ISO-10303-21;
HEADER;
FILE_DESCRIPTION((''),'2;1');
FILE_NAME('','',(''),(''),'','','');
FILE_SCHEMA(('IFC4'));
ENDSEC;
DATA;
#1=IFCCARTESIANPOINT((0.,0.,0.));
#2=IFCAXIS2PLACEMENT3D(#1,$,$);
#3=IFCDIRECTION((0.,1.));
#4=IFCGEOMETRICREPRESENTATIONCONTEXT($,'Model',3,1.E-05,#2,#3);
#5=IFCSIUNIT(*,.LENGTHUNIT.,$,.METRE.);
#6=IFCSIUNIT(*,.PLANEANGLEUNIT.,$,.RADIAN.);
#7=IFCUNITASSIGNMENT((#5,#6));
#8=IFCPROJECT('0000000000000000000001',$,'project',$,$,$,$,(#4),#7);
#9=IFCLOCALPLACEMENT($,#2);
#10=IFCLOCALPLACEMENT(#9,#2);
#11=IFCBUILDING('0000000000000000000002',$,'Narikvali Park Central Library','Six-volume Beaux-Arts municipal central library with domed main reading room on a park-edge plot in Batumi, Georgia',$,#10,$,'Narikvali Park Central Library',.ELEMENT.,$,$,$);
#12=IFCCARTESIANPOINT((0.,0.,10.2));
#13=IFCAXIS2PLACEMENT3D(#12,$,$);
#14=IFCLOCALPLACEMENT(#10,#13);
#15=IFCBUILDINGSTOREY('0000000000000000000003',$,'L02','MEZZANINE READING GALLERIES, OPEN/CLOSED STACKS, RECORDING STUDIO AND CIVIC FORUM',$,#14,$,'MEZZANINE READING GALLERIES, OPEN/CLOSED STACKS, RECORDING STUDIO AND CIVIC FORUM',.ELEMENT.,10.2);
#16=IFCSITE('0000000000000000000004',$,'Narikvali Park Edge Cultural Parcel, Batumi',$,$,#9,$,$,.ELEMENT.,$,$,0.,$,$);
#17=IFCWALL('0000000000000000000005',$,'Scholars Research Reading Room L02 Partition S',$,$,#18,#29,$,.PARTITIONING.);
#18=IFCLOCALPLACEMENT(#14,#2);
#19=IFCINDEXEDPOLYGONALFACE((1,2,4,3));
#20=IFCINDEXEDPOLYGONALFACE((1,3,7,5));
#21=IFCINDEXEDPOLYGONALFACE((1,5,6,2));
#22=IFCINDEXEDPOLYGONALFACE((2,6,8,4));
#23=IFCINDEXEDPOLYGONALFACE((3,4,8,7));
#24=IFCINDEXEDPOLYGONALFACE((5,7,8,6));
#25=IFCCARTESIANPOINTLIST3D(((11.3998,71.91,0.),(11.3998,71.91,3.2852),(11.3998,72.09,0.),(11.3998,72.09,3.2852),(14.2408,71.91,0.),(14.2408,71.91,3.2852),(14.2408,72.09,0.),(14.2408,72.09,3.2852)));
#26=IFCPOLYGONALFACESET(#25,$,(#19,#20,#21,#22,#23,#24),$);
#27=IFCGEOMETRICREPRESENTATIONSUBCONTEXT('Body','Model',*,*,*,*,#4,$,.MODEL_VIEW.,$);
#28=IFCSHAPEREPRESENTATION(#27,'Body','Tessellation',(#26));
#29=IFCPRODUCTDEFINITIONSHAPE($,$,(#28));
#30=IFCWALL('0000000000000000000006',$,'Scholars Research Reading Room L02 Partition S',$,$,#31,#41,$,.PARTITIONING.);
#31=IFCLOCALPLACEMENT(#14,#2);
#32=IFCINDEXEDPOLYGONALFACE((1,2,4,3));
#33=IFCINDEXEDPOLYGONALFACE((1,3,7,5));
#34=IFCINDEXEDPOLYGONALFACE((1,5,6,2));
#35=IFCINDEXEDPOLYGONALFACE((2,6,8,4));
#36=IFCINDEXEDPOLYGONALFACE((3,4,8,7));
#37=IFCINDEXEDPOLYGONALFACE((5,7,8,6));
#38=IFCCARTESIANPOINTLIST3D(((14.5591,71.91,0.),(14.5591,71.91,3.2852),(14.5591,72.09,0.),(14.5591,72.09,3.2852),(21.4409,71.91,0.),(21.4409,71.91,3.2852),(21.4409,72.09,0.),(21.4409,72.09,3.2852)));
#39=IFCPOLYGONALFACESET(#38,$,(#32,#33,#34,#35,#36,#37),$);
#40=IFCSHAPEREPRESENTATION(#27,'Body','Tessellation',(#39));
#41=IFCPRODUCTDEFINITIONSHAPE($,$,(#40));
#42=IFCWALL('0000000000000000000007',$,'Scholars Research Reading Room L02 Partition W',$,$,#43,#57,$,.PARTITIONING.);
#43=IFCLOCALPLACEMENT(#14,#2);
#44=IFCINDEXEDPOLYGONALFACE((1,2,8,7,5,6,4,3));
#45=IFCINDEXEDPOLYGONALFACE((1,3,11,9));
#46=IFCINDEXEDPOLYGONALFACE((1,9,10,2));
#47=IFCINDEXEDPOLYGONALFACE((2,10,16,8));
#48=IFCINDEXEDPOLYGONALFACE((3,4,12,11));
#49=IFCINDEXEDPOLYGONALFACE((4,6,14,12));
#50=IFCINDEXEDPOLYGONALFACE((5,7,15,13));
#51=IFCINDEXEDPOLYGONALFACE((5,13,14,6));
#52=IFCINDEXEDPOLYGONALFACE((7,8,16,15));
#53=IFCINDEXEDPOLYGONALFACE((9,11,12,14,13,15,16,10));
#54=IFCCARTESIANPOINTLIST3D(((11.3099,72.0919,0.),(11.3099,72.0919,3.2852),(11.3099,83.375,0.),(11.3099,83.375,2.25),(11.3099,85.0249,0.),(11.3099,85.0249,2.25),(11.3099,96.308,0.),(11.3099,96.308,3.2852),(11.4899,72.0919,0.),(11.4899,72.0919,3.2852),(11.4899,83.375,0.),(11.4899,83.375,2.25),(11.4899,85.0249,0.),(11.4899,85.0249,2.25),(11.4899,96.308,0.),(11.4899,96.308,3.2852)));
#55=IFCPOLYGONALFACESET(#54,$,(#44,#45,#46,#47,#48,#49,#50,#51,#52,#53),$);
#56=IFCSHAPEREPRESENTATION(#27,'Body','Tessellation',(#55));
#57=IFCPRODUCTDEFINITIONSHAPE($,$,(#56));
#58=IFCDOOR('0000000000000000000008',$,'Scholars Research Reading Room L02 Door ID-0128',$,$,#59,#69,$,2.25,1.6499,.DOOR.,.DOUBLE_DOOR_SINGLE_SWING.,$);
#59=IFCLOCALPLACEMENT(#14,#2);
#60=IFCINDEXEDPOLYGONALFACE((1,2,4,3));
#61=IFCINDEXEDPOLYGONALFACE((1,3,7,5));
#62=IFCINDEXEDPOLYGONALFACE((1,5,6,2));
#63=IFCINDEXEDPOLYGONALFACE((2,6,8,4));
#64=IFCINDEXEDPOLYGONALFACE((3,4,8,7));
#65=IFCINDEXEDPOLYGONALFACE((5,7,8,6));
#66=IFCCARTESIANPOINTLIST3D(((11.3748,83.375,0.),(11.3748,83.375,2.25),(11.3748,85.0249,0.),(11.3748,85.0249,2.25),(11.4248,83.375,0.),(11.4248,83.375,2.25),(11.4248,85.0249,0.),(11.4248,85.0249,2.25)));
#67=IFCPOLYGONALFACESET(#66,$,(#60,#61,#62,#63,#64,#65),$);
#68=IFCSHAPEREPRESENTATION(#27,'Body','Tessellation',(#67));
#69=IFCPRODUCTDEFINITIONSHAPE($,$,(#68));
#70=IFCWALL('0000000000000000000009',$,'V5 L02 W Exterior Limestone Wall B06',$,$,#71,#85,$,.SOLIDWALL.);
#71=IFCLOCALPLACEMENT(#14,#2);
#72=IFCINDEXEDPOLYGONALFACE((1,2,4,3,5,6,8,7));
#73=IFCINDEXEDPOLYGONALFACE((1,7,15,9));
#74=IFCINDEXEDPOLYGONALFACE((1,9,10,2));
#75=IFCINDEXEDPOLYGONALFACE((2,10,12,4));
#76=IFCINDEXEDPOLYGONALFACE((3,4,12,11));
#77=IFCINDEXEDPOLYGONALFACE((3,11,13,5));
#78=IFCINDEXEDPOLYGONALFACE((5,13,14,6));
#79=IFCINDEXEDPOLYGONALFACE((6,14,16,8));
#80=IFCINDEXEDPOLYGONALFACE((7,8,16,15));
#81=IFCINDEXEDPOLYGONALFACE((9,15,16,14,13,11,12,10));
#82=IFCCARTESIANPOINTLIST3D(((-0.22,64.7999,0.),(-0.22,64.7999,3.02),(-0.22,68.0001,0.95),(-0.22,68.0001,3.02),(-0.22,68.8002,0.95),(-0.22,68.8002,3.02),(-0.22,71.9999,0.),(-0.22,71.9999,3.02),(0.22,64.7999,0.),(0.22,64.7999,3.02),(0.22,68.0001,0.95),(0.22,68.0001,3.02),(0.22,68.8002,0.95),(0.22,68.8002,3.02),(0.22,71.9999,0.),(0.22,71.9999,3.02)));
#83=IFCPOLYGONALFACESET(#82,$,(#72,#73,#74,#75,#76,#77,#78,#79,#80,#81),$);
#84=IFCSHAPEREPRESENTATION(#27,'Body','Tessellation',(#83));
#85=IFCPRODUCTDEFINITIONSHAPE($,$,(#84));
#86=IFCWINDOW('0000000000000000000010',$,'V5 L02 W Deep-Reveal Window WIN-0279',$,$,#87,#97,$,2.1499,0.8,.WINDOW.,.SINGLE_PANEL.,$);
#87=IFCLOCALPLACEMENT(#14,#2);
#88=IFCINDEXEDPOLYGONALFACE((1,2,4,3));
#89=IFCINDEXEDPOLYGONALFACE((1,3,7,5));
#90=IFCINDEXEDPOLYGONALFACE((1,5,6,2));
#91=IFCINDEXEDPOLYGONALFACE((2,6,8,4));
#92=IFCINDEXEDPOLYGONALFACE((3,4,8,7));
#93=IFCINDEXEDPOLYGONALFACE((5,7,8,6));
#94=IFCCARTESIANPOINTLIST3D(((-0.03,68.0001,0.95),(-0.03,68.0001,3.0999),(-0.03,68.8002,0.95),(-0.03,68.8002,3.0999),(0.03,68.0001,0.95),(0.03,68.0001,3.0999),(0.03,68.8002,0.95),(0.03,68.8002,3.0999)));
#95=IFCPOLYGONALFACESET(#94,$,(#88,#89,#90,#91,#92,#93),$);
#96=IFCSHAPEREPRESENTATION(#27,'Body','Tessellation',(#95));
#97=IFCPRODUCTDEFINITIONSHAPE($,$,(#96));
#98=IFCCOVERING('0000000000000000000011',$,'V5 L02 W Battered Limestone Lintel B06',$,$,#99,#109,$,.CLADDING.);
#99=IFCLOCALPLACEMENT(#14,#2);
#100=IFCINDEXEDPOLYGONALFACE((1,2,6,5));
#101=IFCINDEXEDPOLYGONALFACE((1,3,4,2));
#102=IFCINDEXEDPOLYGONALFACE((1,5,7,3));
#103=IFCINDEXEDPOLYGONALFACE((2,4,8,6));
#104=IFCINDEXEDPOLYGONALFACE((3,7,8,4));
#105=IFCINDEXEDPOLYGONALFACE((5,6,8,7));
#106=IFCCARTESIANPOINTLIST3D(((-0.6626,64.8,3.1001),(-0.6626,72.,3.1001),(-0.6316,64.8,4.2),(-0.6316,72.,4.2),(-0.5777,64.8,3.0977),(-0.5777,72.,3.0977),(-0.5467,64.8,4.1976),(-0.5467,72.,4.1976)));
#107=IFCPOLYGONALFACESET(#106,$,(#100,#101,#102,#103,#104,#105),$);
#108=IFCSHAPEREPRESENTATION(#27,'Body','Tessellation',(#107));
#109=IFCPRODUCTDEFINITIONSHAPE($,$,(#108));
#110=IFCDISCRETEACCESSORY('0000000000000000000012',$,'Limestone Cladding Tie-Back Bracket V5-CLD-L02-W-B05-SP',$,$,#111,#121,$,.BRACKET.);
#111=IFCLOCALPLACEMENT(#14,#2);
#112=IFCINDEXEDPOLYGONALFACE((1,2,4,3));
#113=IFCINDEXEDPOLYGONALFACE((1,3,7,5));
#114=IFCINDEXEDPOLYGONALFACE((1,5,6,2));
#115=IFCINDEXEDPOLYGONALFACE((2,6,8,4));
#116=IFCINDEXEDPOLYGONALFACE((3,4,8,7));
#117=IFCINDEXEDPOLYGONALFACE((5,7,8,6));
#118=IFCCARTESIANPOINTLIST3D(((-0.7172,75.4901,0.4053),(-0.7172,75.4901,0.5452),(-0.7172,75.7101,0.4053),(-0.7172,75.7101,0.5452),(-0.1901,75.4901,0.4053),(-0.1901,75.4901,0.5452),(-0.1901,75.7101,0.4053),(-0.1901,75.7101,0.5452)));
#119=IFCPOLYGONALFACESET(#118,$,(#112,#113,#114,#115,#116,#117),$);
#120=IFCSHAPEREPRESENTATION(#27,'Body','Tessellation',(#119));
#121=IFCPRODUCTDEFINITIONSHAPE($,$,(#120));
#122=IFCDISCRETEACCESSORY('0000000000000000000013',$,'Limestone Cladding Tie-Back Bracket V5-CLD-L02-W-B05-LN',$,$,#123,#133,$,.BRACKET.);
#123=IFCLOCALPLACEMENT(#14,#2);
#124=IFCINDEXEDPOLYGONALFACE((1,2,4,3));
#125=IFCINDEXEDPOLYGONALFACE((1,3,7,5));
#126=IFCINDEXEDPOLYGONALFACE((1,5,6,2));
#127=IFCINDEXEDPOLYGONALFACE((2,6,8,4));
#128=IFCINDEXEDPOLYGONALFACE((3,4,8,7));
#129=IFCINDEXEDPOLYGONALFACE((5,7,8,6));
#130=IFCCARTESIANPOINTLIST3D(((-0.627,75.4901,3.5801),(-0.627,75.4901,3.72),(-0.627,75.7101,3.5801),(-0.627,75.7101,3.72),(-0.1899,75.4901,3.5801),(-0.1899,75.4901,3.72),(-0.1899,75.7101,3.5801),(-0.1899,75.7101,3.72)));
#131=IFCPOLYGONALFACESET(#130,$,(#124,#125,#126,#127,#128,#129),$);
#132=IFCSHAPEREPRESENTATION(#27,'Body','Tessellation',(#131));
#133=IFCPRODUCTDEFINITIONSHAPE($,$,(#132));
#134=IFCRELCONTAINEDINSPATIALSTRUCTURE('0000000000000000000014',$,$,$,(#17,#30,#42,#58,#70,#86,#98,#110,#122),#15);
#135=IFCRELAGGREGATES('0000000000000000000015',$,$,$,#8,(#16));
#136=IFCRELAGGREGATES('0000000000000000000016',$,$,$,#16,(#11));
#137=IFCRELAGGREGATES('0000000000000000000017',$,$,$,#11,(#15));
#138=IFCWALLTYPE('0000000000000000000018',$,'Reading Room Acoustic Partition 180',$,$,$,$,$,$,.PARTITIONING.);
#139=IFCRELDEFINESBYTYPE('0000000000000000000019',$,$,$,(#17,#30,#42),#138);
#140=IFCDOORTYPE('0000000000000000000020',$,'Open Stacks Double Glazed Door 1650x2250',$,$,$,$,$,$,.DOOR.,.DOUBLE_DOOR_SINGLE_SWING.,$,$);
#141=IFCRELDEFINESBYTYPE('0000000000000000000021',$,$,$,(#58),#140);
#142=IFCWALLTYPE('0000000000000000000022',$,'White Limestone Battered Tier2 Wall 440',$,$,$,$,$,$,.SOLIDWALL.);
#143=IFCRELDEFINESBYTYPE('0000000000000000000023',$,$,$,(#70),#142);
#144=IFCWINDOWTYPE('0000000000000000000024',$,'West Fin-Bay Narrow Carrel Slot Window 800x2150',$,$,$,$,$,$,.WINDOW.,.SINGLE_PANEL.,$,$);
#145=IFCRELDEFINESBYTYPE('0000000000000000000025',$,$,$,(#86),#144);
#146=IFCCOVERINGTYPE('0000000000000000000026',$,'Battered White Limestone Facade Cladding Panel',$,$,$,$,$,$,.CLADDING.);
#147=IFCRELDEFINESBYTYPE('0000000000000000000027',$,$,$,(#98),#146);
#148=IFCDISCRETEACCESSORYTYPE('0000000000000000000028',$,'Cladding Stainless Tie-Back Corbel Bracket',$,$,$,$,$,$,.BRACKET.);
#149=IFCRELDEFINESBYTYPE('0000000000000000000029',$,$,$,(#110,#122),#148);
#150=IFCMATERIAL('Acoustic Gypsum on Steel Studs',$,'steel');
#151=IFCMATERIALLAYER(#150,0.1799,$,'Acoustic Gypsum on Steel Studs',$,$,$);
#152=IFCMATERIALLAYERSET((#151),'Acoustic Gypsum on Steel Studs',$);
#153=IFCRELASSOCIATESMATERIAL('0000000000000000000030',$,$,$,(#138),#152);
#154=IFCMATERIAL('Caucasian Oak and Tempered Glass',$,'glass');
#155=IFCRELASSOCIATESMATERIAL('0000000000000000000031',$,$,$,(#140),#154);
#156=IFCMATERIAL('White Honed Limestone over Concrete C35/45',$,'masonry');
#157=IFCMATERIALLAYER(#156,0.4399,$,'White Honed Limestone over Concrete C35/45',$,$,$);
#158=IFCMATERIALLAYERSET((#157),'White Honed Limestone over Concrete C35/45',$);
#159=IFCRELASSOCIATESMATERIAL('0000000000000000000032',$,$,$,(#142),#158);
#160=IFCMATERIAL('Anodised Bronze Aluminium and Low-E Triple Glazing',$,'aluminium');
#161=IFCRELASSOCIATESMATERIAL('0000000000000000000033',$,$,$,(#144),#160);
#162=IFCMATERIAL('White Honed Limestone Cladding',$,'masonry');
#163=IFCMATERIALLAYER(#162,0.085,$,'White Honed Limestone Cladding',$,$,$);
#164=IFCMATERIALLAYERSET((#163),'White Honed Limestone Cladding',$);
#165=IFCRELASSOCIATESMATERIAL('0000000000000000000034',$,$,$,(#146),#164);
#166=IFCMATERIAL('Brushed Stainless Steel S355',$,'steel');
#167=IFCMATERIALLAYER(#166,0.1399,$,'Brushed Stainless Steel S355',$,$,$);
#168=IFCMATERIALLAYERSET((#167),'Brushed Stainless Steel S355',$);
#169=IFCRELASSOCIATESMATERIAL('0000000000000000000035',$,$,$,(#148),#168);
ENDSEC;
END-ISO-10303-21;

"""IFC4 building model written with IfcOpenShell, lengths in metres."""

from ifc_helpers import new_model, si_unit, direction, frame, frame_2d, origin, origin_2d, place, context, subcontext, project, spatial, polyline, rectangle, outline, extrude, material, layer, layer_set, type_object, element, fill, save


model = new_model("IFC4")

# Units and contexts
model_context = context("Model", 3, precision=1e-05, world=origin(), true_north=direction((0.0, 1.0)))
body_context = subcontext(model_context, "Body", "Model", "MODEL_VIEW")
ifc_project = project(units=[si_unit("LENGTHUNIT", "METRE"), si_unit("PLANEANGLEUNIT", "RADIAN")], contexts=[model_context])

# Site, building, storey
site_placement = place(None, origin())
site = spatial("IfcSite", under=ifc_project, at=site_placement, Name="Narikvali Park Edge Cultural Parcel, Batumi", CompositionType="ELEMENT", RefElevation=0.0)
building_placement = place(site_placement, origin())
building = spatial("IfcBuilding", under=site, at=building_placement, Name="Narikvali Park Central Library", Description="Six-volume Beaux-Arts municipal central library with domed main reading room on a park-edge plot in Batumi, Georgia", LongName="Narikvali Park Central Library", CompositionType="ELEMENT")
storey_placement = place(building_placement, frame((0.0, 0.0, 10.2)))
storey = spatial("IfcBuildingStorey", under=building, at=storey_placement, Name="L02", Description="MEZZANINE READING GALLERIES, OPEN/CLOSED STACKS, RECORDING STUDIO AND CIVIC FORUM", LongName="MEZZANINE READING GALLERIES, OPEN/CLOSED STACKS, RECORDING STUDIO AND CIVIC FORUM", CompositionType="ELEMENT", Elevation=10.2)

# Walls
ifc_material_1 = material(Name="Acoustic Gypsum on Steel Studs", Category="steel")
ifc_layer_1 = layer(ifc_material_1, 0.1799, Name="Acoustic Gypsum on Steel Studs")
ifc_layer_set_1 = layer_set([ifc_layer_1], Name="Acoustic Gypsum on Steel Studs")
wall_type_1 = type_object("IfcWallType", Name="Reading Room Acoustic Partition 180", PredefinedType="PARTITIONING", material=ifc_layer_set_1)
wall_1_placement = place(storey_placement, frame((11.3999, 72.0, 0.0), z_axis=(0.0, 0.0, 1.0), x_axis=(1.0, 0.0, 0.0)))
element("IfcWall", 1, at=wall_1_placement, inside=storey, type_object=wall_type_1, Name="Scholars Research Reading Room L02 Partition S", PredefinedType="PARTITIONING", context=body_context, shape_type="SweptSolid", body=[
    extrude(rectangle(XDim=2.8411, YDim=0.1799, at=frame_2d((1.4204, 0.0))), origin(), (0.0, 0.0, 1.0), 3.2852),
])
wall_2_placement = place(storey_placement, frame((14.5591, 72.0, 0.0), z_axis=(0.0, 0.0, 1.0), x_axis=(1.0, 0.0, 0.0)))
element("IfcWall", 2, at=wall_2_placement, inside=storey, type_object=wall_type_1, Name="Scholars Research Reading Room L02 Partition S", PredefinedType="PARTITIONING", context=body_context, shape_type="SweptSolid", body=[
    extrude(rectangle(XDim=6.8818, YDim=0.1799, at=frame_2d((3.4409, 0.0))), origin(), (0.0, 0.0, 1.0), 3.2852),
])

# Wall, opening, door
wall_3_placement = place(storey_placement, frame((11.3999, 72.092, 0.0), z_axis=(0.0, 0.0, 1.0), x_axis=(0.0, 1.0, 0.0)))
wall_3 = element("IfcWall", 3, at=wall_3_placement, inside=storey, type_object=wall_type_1, Name="Scholars Research Reading Room L02 Partition W", PredefinedType="PARTITIONING", context=body_context, shape_type="SweptSolid", body=[
    extrude(rectangle(XDim=24.2161, YDim=0.1799, at=frame_2d((12.1079, 0.0))), origin(), (0.0, 0.0, 1.0), 3.2852),
])
opening_1_placement = place(wall_3_placement, frame((11.283, 0.0, 0.0)))
opening_1 = element("IfcOpeningElement", 4, at=opening_1_placement, cuts=wall_3, PredefinedType="OPENING", context=body_context, shape_type="SweptSolid", body=[
    extrude(rectangle(XDim=1.6499, YDim=2.25, at=frame_2d((0.825, 1.125))), frame((0.0, 0.1021, 0.0), z_axis=(0.0, -1.0, 0.0), x_axis=(1.0, 0.0, 0.0)), (0.0, 0.0, 1.0), 0.2039),
])
ifc_material_2 = material(Name="Caucasian Oak and Tempered Glass", Category="glass")
door_type = type_object("IfcDoorType", Name="Open Stacks Double Glazed Door 1650x2250", OperationType="DOUBLE_DOOR_SINGLE_SWING", PredefinedType="DOOR", material=ifc_material_2)
door_placement = place(opening_1_placement, frame((1.6499, 0.0, 0.0), z_axis=(0.0, 0.0, 1.0), x_axis=(-1.0, 0.0, 0.0)))
door = element("IfcDoor", 5, at=door_placement, inside=storey, type_object=door_type, Name="Scholars Research Reading Room L02 Door ID-0128", OperationType="DOUBLE_DOOR_SINGLE_SWING", OverallHeight=2.25, OverallWidth=1.6499, PredefinedType="DOOR", context=body_context, shape_type="SweptSolid", body=[
    extrude(rectangle(XDim=1.6499, YDim=2.25, at=frame_2d((0.825, 1.125))), frame((0.0, 0.0249, 0.0), z_axis=(0.0, -1.0, 0.0), x_axis=(1.0, 0.0, 0.0)), (0.0, 0.0, 1.0), 0.05),
])
fill(opening_1, door)

# Wall, opening, window
ifc_material_3 = material(Name="White Honed Limestone over Concrete C35/45", Category="masonry")
ifc_layer_2 = layer(ifc_material_3, 0.4399, Name="White Honed Limestone over Concrete C35/45")
ifc_layer_set_2 = layer_set([ifc_layer_2], Name="White Honed Limestone over Concrete C35/45")
wall_type_2 = type_object("IfcWallType", Name="White Limestone Battered Tier2 Wall 440", PredefinedType="SOLIDWALL", material=ifc_layer_set_2)
wall_4_placement = place(storey_placement, frame((0.0, 72.0, 0.0), z_axis=(0.0, 0.0, 1.0), x_axis=(0.0, -1.0, 0.0)))
wall_4 = element("IfcWall", 6, at=wall_4_placement, inside=storey, type_object=wall_type_2, Name="V5 L02 W Exterior Limestone Wall B06", PredefinedType="SOLIDWALL", context=body_context, shape_type="SweptSolid", body=[
    extrude(rectangle(XDim=7.2, YDim=0.4399, at=frame_2d((3.6001, 0.0))), origin(), (0.0, 0.0, 1.0), 3.02),
])
opening_2_placement = place(wall_4_placement, frame((3.2, 0.0, 0.95)))
opening_2 = element("IfcOpeningElement", 7, at=opening_2_placement, cuts=wall_4, PredefinedType="OPENING", context=body_context, shape_type="SweptSolid", body=[
    extrude(rectangle(XDim=0.8, YDim=2.1499, at=frame_2d((0.3999, 1.075))), frame((0.0, 0.2319, 0.0), z_axis=(0.0, -1.0, 0.0), x_axis=(1.0, 0.0, 0.0)), (0.0, 0.0, 1.0), 0.4639),
])
ifc_material_4 = material(Name="Anodised Bronze Aluminium and Low-E Triple Glazing", Category="aluminium")
window_type = type_object("IfcWindowType", Name="West Fin-Bay Narrow Carrel Slot Window 800x2150", PartitioningType="SINGLE_PANEL", PredefinedType="WINDOW", material=ifc_material_4)
window_placement = place(opening_2_placement, origin())
window = element("IfcWindow", 8, at=window_placement, inside=storey, type_object=window_type, Name="V5 L02 W Deep-Reveal Window WIN-0279", OverallHeight=2.1499, OverallWidth=0.8, PartitioningType="SINGLE_PANEL", PredefinedType="WINDOW", context=body_context, shape_type="SweptSolid", body=[
    extrude(rectangle(XDim=0.8, YDim=2.1499, at=frame_2d((0.3999, 1.075))), frame((0.0, 0.03, 0.0), z_axis=(0.0, -1.0, 0.0), x_axis=(1.0, 0.0, 0.0)), (0.0, 0.0, 1.0), 0.0601),
])
fill(opening_2, window)

# Covering
ifc_material_5 = material(Name="White Honed Limestone Cladding", Category="masonry")
ifc_layer_3 = layer(ifc_material_5, 0.085, Name="White Honed Limestone Cladding")
ifc_layer_set_3 = layer_set([ifc_layer_3], Name="White Honed Limestone Cladding")
covering_type = type_object("IfcCoveringType", Name="Battered White Limestone Facade Cladding Panel", PredefinedType="CLADDING", material=ifc_layer_set_3)
covering_placement = place(storey_placement, frame((-0.6626, 72.0, 3.1001), z_axis=(-0.999603, 0.0, 0.02818), x_axis=(0.0, -1.0, 0.0)))
element("IfcCovering", 9, at=covering_placement, inside=storey, type_object=covering_type, Name="V5 L02 W Battered Limestone Lintel B06", PredefinedType="CLADDING", context=body_context, shape_type="SweptSolid", body=[
    extrude(outline(polyline([(0.0, 0.0), (7.2, 0.0), (7.2, 1.1003), (0.0, 1.1003), (0.0, 0.0)])), origin(), (0.0, 0.0, -1.0), 0.085),
])

# Discrete accessories
ifc_material_6 = material(Name="Brushed Stainless Steel S355", Category="steel")
ifc_layer_4 = layer(ifc_material_6, 0.1399, Name="Brushed Stainless Steel S355")
ifc_layer_set_4 = layer_set([ifc_layer_4], Name="Brushed Stainless Steel S355")
discrete_accessory_type = type_object("IfcDiscreteAccessoryType", Name="Cladding Stainless Tie-Back Corbel Bracket", PredefinedType="BRACKET", material=ifc_layer_set_4)
discrete_accessory_1_placement = place(storey_placement, frame((-0.4536, 75.6001, 0.4053), z_axis=(0.0, 0.0, 1.0), x_axis=(1.0, 0.0, 0.0)))
element("IfcDiscreteAccessory", 10, at=discrete_accessory_1_placement, inside=storey, type_object=discrete_accessory_type, Name="Limestone Cladding Tie-Back Bracket V5-CLD-L02-W-B05-SP", PredefinedType="BRACKET", context=body_context, shape_type="SweptSolid", body=[
    extrude(rectangle(XDim=0.5271, YDim=0.22, at=origin_2d()), origin(), (0.0, 0.0, 1.0), 0.1399),
])
discrete_accessory_2_placement = place(storey_placement, frame((-0.4084, 75.6001, 3.5801), z_axis=(0.0, 0.0, 1.0), x_axis=(1.0, 0.0, 0.0)))
element("IfcDiscreteAccessory", 11, at=discrete_accessory_2_placement, inside=storey, type_object=discrete_accessory_type, Name="Limestone Cladding Tie-Back Bracket V5-CLD-L02-W-B05-LN", PredefinedType="BRACKET", context=body_context, shape_type="SweptSolid", body=[
    extrude(rectangle(XDim=0.437, YDim=0.22, at=origin_2d()), origin(), (0.0, 0.0, 1.0), 0.1399),
])

save(model, "model.ifc")
